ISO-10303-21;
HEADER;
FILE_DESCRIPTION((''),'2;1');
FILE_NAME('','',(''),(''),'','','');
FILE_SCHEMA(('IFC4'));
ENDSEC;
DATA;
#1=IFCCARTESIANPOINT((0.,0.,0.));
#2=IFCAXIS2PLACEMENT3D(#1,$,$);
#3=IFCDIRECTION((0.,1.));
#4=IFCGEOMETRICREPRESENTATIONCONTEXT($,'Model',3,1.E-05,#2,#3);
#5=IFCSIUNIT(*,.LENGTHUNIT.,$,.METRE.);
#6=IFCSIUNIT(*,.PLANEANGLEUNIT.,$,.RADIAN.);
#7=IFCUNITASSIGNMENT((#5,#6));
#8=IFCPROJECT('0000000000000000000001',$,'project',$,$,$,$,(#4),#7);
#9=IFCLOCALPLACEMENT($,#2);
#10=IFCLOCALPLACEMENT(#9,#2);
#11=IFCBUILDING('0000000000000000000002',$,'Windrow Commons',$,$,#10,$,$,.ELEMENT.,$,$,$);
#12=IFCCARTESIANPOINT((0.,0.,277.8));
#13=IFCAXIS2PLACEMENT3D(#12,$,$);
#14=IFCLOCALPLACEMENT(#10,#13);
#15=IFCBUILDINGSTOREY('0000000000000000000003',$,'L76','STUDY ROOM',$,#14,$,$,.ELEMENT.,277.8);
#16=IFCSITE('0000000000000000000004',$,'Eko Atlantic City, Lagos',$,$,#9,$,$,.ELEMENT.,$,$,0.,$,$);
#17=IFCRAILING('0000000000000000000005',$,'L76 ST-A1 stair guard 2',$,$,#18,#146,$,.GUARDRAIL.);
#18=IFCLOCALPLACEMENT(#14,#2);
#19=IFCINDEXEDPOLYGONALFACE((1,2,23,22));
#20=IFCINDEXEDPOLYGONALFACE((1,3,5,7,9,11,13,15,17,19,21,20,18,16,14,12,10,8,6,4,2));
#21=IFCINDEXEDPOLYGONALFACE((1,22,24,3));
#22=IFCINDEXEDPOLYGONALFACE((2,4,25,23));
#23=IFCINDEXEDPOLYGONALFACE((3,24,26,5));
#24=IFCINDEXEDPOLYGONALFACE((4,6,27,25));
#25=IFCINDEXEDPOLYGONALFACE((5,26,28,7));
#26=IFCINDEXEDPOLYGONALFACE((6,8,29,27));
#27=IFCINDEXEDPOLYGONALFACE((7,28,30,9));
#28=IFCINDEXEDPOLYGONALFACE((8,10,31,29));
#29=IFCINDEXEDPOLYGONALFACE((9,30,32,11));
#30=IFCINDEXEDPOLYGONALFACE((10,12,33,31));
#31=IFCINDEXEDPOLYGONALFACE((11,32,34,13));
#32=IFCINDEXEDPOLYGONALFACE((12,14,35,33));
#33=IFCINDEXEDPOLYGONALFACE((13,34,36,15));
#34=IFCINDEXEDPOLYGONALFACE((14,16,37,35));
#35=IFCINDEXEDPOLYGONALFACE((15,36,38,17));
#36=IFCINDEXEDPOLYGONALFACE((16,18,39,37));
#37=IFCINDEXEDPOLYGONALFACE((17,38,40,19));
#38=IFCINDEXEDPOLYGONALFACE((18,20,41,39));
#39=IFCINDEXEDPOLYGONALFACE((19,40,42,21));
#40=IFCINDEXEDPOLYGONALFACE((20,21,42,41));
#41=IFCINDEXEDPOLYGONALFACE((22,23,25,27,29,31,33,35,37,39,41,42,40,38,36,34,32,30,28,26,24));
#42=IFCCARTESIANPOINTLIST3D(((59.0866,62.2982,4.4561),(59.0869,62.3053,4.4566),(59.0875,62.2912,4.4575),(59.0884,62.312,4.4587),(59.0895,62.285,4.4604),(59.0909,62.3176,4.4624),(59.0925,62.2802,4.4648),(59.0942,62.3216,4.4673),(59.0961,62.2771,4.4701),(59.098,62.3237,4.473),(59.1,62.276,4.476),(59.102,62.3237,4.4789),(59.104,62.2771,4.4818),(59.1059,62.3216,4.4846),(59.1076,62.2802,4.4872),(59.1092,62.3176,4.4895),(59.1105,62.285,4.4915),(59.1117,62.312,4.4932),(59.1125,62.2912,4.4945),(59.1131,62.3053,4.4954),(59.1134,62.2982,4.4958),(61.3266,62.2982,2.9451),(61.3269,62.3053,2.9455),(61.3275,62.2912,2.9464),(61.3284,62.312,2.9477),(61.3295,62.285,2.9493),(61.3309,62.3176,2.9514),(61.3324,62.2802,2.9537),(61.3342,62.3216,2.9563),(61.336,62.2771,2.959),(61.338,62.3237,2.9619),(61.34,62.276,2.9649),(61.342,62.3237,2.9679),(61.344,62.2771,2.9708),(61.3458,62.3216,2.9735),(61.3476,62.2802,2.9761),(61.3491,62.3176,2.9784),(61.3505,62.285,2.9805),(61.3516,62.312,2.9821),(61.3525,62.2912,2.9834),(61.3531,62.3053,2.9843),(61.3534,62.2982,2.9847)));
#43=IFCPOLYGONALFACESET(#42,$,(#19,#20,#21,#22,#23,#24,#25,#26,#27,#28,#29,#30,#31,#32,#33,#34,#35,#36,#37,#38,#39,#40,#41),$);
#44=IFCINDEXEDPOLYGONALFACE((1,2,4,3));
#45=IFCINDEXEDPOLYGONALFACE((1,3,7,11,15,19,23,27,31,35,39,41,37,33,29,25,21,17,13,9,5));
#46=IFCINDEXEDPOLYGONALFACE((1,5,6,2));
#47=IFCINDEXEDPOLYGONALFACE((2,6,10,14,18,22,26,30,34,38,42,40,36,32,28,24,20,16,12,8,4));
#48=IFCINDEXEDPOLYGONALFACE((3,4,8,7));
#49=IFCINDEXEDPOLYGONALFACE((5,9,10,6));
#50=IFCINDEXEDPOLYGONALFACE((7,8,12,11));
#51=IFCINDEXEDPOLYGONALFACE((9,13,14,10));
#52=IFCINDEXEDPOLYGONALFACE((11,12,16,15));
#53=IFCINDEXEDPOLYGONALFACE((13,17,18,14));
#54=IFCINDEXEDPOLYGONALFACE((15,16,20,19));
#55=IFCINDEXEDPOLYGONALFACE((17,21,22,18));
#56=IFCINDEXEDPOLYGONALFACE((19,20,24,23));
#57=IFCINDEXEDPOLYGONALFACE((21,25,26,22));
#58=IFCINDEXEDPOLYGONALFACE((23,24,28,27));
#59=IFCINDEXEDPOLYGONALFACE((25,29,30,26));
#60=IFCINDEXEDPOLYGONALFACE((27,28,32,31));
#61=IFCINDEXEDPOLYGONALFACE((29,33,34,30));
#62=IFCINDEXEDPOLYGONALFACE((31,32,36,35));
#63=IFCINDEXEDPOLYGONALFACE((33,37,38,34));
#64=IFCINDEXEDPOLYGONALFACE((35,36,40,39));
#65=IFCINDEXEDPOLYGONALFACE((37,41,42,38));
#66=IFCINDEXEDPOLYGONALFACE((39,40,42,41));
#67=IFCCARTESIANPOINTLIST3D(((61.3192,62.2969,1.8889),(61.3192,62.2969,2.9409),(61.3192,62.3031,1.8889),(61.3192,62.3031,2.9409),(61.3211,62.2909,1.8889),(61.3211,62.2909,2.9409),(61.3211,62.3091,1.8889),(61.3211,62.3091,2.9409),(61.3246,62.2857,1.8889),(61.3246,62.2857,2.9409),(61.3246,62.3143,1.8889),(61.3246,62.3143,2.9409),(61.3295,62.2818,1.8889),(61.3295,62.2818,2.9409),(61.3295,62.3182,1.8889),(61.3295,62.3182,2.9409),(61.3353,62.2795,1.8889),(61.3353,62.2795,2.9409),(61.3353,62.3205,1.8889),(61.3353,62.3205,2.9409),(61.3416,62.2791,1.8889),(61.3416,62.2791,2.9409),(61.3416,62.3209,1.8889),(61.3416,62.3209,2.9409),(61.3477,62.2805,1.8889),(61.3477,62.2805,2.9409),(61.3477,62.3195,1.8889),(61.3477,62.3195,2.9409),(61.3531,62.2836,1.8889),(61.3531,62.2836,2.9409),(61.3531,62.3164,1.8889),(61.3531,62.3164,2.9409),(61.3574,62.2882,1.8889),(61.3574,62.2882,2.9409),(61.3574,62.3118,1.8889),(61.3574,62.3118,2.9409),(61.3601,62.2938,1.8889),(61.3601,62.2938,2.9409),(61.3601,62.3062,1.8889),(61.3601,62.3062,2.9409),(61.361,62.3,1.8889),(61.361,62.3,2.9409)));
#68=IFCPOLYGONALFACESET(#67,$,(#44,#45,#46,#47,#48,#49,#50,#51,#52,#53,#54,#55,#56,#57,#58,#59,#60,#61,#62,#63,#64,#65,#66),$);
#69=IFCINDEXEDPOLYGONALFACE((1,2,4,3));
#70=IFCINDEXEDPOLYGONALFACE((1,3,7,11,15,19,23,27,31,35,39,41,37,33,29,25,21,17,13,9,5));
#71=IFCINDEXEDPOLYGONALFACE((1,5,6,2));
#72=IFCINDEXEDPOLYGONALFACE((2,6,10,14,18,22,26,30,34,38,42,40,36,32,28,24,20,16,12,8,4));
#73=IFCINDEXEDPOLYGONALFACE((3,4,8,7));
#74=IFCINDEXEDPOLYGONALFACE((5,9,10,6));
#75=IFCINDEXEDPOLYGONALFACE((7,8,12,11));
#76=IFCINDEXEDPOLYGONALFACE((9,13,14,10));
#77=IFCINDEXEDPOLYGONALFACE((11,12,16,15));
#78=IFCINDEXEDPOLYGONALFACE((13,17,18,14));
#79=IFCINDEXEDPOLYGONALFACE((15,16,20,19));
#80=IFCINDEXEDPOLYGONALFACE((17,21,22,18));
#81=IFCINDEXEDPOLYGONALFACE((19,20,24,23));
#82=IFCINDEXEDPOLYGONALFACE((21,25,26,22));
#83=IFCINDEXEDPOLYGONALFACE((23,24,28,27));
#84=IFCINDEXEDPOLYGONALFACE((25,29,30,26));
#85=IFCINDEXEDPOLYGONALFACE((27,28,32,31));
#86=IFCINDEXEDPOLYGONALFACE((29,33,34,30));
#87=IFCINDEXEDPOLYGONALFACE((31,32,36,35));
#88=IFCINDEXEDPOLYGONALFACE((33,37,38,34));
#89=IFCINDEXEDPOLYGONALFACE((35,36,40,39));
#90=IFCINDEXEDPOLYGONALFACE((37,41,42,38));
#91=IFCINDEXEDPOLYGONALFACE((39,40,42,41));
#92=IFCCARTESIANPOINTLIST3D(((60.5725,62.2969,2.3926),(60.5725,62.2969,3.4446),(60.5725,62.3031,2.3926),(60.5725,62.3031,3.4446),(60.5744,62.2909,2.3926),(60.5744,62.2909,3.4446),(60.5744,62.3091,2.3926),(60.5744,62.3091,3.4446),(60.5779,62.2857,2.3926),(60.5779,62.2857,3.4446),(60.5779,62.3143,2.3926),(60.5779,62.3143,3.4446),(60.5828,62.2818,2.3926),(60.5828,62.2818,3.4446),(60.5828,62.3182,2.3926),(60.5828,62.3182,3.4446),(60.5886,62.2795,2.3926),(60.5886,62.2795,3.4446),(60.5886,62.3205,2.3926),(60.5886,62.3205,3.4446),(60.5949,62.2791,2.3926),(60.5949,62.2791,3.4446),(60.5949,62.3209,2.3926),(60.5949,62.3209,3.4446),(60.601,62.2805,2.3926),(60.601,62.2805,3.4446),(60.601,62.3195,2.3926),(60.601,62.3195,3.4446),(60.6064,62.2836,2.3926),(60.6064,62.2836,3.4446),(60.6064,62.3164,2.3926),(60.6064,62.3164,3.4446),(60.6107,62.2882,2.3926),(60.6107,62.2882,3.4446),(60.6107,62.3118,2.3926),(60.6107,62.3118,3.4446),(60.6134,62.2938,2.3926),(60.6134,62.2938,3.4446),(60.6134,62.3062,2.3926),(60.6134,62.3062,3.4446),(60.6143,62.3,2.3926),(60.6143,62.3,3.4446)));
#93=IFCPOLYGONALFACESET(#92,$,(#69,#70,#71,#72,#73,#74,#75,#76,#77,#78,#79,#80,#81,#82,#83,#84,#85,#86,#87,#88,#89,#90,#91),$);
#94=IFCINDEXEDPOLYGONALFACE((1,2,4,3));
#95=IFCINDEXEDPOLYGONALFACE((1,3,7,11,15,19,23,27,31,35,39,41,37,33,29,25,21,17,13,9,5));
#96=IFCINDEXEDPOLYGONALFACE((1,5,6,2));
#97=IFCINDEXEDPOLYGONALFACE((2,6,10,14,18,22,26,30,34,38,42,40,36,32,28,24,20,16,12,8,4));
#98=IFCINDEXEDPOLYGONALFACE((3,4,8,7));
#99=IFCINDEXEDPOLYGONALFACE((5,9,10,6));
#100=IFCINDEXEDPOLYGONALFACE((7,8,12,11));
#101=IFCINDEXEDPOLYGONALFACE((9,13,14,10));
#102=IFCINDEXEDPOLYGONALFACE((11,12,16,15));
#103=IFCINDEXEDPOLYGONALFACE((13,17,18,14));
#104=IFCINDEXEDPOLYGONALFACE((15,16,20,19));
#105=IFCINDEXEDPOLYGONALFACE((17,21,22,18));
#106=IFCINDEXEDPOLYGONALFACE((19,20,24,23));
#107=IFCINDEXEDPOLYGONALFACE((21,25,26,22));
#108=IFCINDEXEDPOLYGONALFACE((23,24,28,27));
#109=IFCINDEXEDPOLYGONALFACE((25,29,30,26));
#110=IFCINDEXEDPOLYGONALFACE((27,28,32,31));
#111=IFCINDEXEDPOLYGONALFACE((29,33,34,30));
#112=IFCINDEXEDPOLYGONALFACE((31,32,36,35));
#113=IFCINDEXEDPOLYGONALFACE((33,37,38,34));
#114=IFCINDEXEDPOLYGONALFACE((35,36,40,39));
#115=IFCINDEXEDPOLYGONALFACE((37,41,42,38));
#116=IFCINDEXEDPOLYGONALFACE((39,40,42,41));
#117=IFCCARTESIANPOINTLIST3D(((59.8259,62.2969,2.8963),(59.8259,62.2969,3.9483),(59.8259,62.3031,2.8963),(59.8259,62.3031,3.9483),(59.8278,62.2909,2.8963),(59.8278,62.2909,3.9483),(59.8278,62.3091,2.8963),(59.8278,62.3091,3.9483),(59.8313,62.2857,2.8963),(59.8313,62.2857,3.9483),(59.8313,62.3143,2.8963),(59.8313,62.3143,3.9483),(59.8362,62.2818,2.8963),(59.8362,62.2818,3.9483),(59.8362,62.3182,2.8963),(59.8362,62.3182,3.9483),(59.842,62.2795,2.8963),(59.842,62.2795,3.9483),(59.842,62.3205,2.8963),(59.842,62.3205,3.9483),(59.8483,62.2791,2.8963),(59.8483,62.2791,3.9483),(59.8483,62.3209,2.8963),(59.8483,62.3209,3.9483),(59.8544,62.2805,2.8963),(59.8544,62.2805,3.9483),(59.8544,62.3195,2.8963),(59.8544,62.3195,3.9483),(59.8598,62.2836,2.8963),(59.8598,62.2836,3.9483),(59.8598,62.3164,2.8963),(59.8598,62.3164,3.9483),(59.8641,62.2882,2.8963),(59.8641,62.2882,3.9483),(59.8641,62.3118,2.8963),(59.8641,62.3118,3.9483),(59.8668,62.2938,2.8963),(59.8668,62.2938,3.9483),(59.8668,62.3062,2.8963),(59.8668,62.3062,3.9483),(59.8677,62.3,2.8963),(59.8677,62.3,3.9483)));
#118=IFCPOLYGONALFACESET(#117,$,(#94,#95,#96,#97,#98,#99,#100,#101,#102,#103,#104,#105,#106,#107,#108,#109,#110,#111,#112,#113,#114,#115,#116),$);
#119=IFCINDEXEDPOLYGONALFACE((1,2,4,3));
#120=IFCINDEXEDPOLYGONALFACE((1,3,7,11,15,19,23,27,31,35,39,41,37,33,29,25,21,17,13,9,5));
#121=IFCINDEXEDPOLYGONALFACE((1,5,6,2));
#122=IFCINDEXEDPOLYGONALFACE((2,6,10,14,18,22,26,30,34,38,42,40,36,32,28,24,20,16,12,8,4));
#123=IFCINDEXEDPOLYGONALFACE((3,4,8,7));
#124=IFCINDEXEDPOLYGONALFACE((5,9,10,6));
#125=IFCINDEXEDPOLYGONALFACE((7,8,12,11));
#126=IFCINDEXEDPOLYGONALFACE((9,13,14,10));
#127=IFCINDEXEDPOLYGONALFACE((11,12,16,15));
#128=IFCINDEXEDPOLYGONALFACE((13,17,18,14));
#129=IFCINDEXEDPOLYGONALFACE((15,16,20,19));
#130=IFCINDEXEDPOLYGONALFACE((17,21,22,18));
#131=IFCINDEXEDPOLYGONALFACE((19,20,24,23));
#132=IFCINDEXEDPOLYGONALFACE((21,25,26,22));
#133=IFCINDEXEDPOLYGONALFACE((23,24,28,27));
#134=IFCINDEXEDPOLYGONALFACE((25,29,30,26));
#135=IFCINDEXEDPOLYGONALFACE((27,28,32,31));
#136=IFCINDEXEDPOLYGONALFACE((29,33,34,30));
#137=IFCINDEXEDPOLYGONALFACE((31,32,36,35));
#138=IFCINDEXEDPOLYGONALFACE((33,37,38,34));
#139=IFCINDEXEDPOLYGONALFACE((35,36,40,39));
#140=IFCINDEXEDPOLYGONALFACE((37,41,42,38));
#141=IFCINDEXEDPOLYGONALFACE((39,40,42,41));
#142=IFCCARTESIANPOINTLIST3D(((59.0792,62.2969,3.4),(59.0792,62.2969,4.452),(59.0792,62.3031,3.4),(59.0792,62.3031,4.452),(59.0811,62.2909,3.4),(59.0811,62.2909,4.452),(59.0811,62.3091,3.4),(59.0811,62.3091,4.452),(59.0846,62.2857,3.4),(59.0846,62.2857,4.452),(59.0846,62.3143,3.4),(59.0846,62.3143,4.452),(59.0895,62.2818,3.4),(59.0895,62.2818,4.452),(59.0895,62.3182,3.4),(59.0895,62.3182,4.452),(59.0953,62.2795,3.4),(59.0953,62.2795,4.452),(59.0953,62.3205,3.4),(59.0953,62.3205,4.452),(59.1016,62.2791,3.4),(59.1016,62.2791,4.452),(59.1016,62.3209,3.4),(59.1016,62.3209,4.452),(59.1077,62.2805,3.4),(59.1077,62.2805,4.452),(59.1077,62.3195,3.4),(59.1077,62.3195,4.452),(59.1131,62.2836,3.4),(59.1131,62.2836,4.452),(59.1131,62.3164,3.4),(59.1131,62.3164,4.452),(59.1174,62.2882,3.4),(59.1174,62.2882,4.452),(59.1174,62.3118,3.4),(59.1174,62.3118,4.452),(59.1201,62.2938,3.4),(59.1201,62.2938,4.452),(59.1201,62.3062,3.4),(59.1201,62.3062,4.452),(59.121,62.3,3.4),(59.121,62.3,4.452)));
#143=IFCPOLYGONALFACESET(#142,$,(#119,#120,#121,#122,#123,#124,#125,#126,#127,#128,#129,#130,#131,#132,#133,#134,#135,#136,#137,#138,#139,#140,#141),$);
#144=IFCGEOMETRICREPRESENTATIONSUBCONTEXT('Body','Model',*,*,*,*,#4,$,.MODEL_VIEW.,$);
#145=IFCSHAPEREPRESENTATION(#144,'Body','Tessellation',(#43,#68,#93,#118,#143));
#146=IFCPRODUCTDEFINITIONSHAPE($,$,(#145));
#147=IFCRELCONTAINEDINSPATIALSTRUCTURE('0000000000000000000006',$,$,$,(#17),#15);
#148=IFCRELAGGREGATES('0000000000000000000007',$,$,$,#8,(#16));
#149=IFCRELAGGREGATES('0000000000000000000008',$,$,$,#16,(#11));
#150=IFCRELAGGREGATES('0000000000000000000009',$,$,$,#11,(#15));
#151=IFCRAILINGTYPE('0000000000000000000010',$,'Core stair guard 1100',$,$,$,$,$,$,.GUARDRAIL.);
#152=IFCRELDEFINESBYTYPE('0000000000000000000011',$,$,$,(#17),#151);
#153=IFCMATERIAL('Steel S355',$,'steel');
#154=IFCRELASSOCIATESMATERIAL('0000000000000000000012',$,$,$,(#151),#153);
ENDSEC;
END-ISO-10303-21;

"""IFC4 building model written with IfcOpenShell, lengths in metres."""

from ifc_helpers import new_model, si_unit, direction, frame, origin, origin_2d, place, context, subcontext, project, spatial, circle, extrude, material, type_object, element, save


model = new_model("IFC4")

# Units and contexts
model_context = context("Model", 3, precision=1e-05, world=origin(), true_north=direction((0.0, 1.0)))
body_context = subcontext(model_context, "Body", "Model", "MODEL_VIEW")
ifc_project = project(units=[si_unit("LENGTHUNIT", "METRE"), si_unit("PLANEANGLEUNIT", "RADIAN")], contexts=[model_context])

# Site, building, storey
site_placement = place(None, origin())
site = spatial("IfcSite", under=ifc_project, at=site_placement, Name="Eko Atlantic City, Lagos", CompositionType="ELEMENT", RefElevation=0.0)
building_placement = place(site_placement, origin())
building = spatial("IfcBuilding", under=site, at=building_placement, Name="Windrow Commons", CompositionType="ELEMENT")
storey_placement = place(building_placement, frame((0.0, 0.0, 277.8)))
storey = spatial("IfcBuildingStorey", under=building, at=storey_placement, Name="L76", Description="STUDY ROOM", CompositionType="ELEMENT", Elevation=277.8)

# Railing
ifc_material_1 = material(Name="Steel S355", Category="steel")
railing_type_1 = type_object("IfcRailingType", Name="Core stair guard 1100", PredefinedType="GUARDRAIL", material=ifc_material_1)
railing_1_placement = place(storey_placement, frame((61.34, 62.3, 1.8889)))
element("IfcRailing", 1, at=railing_1_placement, inside=storey, type_object=railing_type_1, Name="L76 ST-A1 stair guard 2", PredefinedType="GUARDRAIL", context=body_context, shape_type="SweptSolid", body=[
    extrude(circle(Radius=0.024, at=origin_2d()), frame((0.0, 0.0, 1.076), z_axis=(-0.829003, 0.0, 0.559244), x_axis=(0.0, -1.0, 0.0)), (0.0, 0.0, 1.0), 2.702),
    extrude(circle(Radius=0.021, at=origin_2d()), origin(), (0.0, 0.0, 1.0), 1.052),
    extrude(circle(Radius=0.021, at=origin_2d()), frame((-0.7467, 0.0, 0.5037)), (0.0, 0.0, 1.0), 1.052),
    extrude(circle(Radius=0.021, at=origin_2d()), frame((-1.4933, 0.0, 1.0074)), (0.0, 0.0, 1.0), 1.052),
    extrude(circle(Radius=0.021, at=origin_2d()), frame((-2.24, 0.0, 1.5111)), (0.0, 0.0, 1.0), 1.052),
])

save(model, "model.ifc")
